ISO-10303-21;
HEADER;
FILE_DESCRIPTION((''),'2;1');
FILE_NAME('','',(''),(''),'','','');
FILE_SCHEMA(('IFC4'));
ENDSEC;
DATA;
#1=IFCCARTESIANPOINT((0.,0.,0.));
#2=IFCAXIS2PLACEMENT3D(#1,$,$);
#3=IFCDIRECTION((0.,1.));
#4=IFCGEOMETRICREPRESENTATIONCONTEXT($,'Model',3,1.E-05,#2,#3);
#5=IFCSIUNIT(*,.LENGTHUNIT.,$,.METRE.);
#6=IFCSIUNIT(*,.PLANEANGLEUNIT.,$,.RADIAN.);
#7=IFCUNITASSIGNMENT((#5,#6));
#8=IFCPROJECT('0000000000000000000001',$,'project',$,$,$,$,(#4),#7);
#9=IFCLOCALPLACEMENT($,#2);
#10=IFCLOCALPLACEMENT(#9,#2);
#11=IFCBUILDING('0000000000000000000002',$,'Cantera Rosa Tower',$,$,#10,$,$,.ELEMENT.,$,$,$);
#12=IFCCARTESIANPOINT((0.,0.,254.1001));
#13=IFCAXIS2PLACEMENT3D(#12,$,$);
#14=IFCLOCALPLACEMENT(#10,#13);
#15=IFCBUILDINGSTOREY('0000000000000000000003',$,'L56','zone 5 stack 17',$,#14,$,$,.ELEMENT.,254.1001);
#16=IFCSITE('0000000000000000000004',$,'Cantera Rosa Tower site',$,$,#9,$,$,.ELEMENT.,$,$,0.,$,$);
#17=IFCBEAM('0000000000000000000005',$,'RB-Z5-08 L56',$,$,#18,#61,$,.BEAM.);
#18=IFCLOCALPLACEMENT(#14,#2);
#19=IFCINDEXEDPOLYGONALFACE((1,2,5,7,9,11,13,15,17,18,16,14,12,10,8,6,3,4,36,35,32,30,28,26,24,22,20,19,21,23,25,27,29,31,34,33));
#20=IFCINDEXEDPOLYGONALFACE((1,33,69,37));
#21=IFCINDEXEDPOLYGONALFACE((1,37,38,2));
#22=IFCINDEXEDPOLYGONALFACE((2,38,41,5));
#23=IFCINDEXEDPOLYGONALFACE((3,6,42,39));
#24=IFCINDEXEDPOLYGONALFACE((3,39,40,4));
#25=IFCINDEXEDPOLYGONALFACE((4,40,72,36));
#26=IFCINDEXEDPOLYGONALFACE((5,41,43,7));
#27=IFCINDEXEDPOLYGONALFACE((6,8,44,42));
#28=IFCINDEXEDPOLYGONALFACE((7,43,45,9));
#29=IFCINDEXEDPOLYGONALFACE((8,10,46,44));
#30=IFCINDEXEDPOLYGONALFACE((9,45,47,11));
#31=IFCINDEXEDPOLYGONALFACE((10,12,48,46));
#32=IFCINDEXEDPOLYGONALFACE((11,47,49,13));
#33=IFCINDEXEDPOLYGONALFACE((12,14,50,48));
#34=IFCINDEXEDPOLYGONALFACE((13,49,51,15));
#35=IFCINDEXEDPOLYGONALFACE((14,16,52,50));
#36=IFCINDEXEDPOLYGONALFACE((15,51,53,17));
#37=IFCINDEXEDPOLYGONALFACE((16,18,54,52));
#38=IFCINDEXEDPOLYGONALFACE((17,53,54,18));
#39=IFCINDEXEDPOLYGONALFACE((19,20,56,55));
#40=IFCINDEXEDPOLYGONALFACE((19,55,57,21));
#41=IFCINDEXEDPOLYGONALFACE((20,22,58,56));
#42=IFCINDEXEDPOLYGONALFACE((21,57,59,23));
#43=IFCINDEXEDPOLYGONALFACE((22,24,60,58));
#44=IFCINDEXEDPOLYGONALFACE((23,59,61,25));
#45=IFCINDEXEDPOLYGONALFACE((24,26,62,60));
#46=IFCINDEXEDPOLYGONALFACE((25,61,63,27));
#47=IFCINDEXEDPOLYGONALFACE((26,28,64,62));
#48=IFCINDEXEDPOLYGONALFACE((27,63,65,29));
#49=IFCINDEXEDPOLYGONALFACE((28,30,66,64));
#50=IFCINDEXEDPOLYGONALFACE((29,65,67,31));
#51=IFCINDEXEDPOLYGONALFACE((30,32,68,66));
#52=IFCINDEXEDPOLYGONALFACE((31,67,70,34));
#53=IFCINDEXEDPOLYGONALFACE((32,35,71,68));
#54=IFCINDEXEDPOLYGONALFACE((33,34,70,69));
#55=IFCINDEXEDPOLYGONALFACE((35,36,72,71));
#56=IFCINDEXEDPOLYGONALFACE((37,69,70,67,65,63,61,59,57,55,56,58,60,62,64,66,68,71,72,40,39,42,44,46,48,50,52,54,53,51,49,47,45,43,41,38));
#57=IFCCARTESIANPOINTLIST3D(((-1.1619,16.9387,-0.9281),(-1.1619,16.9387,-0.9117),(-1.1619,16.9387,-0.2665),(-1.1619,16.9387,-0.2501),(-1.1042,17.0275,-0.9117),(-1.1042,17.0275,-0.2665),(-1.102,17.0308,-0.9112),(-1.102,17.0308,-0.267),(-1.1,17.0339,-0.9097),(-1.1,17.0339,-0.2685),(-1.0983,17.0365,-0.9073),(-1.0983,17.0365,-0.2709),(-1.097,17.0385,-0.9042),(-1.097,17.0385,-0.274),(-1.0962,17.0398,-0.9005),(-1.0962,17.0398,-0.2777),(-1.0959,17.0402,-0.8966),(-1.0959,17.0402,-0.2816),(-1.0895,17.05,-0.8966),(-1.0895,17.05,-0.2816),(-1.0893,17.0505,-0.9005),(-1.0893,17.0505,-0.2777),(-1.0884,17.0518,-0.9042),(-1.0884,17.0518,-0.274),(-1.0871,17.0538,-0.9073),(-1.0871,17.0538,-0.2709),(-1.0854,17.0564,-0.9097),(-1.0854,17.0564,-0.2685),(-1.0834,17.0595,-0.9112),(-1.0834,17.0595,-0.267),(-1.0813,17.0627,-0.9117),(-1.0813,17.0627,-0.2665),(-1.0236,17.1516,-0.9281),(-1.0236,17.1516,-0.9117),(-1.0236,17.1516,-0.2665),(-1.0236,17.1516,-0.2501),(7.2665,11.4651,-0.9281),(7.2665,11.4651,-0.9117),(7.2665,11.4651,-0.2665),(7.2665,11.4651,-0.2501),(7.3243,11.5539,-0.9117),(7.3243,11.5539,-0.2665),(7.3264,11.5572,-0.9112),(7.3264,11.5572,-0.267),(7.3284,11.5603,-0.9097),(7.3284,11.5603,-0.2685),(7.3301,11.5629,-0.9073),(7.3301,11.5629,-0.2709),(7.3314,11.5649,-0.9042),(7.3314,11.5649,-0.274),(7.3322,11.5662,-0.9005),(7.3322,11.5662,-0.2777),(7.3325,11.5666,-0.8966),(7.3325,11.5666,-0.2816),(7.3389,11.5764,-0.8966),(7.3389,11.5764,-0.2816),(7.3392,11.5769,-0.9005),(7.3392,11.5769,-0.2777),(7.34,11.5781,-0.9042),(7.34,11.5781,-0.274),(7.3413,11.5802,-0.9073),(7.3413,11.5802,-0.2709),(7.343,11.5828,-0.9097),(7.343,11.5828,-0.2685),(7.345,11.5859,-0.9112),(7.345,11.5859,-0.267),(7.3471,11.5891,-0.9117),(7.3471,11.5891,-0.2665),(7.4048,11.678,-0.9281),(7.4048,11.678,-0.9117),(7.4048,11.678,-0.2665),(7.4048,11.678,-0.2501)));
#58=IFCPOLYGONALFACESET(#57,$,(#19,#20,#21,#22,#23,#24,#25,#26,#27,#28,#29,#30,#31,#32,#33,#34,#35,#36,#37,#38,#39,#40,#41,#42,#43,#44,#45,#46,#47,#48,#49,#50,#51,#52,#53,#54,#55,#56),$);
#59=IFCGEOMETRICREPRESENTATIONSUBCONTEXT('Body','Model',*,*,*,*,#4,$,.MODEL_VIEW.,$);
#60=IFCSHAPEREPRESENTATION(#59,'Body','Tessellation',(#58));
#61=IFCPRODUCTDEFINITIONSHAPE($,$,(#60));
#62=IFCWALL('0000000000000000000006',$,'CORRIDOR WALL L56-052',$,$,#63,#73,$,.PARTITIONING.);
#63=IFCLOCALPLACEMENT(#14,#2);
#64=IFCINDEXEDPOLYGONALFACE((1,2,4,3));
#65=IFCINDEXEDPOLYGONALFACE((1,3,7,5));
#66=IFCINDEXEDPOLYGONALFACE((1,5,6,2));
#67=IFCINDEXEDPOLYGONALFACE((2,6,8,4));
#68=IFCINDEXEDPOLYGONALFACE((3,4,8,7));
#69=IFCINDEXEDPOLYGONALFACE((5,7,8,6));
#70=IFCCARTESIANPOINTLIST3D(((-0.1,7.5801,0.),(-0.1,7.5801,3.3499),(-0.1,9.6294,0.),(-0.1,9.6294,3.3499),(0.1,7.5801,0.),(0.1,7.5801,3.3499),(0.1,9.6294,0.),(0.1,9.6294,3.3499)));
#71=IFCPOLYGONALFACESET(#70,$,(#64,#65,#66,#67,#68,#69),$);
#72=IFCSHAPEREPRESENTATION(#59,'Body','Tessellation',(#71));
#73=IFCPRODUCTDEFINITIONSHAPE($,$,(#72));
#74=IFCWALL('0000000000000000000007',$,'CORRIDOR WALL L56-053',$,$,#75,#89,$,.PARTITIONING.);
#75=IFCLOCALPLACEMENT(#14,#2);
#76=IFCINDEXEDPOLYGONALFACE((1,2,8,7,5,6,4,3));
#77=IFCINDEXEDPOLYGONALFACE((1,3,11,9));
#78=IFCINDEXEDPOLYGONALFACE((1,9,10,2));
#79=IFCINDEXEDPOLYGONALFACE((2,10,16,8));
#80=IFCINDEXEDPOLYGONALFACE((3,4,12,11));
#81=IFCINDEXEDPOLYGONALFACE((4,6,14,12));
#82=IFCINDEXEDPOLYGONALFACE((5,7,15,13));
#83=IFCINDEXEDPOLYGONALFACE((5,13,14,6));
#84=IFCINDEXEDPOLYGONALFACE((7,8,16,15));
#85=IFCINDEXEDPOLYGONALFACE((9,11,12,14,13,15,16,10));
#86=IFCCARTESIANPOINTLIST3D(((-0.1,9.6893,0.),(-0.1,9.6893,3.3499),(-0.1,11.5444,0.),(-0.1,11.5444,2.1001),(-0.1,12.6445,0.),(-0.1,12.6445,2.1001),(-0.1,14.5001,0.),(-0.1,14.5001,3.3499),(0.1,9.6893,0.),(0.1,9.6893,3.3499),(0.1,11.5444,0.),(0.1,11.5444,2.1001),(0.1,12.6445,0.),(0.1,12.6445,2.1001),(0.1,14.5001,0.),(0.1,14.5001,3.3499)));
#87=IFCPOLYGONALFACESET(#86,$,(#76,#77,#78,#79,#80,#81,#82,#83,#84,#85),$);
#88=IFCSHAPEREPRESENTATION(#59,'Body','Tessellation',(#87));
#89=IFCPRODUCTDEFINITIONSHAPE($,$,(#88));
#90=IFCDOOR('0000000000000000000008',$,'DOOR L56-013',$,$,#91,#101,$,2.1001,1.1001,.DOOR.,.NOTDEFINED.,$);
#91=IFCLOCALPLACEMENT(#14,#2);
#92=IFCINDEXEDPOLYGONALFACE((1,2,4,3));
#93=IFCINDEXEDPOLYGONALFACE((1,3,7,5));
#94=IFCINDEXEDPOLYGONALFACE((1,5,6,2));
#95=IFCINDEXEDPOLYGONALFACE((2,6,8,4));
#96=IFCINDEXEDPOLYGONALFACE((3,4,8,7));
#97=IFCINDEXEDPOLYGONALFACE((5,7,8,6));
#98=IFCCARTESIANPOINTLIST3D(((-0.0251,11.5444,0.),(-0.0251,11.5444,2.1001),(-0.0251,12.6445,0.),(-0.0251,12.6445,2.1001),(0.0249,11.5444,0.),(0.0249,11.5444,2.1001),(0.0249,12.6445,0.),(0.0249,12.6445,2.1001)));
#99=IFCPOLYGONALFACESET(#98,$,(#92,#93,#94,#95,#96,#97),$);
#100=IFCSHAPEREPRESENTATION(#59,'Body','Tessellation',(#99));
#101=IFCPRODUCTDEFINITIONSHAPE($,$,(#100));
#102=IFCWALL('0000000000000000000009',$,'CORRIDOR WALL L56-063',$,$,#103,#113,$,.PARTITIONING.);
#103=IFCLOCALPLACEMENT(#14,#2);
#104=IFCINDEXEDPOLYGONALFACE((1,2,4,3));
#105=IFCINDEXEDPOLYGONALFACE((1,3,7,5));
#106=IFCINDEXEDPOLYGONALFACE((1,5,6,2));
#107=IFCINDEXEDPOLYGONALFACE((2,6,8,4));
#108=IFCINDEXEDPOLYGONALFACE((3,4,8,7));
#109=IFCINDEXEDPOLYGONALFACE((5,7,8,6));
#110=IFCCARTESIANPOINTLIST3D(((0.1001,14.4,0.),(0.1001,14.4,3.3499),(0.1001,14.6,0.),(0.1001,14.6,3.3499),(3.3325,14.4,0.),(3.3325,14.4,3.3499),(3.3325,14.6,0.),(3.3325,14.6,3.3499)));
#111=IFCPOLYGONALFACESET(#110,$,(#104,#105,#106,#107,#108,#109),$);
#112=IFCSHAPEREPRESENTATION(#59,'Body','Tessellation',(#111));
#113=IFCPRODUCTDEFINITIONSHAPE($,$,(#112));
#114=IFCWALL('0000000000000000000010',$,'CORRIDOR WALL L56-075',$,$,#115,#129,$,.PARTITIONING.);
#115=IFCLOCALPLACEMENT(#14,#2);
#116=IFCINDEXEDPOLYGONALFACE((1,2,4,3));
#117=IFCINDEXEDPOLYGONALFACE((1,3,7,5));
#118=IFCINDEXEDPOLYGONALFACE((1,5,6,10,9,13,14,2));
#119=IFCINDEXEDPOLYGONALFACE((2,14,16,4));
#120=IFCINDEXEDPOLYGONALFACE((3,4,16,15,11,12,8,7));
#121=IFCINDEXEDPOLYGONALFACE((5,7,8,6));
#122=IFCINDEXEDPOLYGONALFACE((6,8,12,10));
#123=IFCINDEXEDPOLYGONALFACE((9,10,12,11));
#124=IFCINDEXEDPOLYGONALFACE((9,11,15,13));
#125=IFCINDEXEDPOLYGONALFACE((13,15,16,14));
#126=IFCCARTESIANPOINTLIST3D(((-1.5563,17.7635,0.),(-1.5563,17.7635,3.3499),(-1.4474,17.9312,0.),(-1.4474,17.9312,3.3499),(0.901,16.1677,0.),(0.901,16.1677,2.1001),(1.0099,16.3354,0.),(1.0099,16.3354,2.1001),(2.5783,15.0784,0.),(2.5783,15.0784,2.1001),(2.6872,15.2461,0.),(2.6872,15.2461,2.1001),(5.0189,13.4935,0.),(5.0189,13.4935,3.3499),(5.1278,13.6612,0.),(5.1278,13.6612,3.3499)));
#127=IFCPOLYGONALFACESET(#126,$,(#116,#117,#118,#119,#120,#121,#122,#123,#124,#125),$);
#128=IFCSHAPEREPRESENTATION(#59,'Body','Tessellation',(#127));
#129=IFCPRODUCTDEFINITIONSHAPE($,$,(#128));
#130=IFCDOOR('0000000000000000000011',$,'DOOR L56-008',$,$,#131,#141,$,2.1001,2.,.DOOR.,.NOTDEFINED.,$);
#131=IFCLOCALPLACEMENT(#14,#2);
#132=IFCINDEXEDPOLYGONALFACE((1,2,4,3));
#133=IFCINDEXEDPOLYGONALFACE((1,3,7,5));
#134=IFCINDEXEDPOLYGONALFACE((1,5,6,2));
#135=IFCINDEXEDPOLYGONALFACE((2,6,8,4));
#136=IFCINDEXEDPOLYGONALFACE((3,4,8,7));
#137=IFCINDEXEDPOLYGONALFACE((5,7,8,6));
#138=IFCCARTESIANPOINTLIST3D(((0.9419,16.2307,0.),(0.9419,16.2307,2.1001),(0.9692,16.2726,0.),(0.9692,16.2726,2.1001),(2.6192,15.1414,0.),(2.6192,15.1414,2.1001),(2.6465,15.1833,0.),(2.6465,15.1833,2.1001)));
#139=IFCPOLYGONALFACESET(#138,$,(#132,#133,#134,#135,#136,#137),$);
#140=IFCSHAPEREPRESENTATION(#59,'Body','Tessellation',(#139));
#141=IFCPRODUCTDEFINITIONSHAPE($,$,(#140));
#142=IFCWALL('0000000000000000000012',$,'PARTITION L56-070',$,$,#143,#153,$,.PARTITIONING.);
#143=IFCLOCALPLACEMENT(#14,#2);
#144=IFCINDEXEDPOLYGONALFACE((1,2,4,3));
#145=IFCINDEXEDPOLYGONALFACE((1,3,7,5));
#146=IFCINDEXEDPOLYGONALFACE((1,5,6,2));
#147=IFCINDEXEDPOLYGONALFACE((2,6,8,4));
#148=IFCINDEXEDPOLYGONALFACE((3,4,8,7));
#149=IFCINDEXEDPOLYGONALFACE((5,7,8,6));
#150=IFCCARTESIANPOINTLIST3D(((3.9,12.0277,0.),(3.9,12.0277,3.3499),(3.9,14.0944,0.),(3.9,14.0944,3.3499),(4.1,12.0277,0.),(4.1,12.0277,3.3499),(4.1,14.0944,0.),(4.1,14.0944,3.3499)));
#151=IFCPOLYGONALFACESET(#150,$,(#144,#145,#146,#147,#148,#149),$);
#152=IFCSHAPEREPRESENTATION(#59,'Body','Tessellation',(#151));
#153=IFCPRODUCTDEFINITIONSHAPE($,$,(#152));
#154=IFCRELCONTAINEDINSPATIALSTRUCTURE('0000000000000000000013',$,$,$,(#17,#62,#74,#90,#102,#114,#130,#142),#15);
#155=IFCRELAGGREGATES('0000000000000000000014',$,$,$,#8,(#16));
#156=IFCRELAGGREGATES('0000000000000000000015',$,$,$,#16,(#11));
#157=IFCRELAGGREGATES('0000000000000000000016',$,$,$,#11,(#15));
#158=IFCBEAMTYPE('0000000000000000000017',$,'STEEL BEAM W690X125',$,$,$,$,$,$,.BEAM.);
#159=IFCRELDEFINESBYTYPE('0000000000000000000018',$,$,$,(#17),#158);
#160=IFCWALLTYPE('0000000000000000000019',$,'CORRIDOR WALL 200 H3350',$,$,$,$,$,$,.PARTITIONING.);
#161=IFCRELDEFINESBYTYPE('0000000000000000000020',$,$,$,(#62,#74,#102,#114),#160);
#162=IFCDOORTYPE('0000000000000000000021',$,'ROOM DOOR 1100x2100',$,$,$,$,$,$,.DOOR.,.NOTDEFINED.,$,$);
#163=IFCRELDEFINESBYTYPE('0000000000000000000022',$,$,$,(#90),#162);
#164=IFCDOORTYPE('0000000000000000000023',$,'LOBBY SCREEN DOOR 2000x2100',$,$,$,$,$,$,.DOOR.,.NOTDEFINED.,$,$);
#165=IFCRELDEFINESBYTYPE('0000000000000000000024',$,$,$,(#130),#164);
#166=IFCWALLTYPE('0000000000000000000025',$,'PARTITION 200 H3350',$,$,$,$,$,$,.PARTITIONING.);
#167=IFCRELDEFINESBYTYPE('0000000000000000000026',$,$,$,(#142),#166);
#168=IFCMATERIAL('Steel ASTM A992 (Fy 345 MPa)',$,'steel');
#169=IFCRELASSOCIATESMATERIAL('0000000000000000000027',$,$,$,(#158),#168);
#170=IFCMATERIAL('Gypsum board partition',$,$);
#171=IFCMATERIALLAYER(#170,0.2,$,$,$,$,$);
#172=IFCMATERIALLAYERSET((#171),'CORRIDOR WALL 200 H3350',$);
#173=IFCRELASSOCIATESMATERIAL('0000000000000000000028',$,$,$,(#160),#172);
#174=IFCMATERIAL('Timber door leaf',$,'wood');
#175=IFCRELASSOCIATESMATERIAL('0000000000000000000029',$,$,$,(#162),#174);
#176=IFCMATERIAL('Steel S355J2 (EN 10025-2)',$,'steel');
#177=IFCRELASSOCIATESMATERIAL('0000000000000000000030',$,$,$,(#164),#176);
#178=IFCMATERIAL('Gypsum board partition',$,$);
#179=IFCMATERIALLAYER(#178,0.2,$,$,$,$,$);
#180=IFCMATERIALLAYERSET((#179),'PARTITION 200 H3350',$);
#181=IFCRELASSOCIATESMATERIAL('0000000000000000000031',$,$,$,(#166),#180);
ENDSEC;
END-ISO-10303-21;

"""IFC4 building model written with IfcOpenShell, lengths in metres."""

from ifc_helpers import new_model, si_unit, direction, frame, frame_2d, origin, origin_2d, place, context, subcontext, project, spatial, rectangle, i_section, extrude, material, layer, layer_set, material_profile, profile_set, type_object, element, fill, save


model = new_model("IFC4")

# Units and contexts
model_context = context("Model", 3, precision=1e-05, world=origin(), true_north=direction((0.0, 1.0)))
body_context = subcontext(model_context, "Body", "Model", "MODEL_VIEW")
ifc_project = project(units=[si_unit("LENGTHUNIT", "METRE"), si_unit("PLANEANGLEUNIT", "RADIAN")], contexts=[model_context])

# Site, building, storey
site_placement = place(None, origin())
site = spatial("IfcSite", under=ifc_project, at=site_placement, Name="Cantera Rosa Tower site", CompositionType="ELEMENT", RefElevation=0.0)
building_placement = place(site_placement, origin())
building = spatial("IfcBuilding", under=site, at=building_placement, Name="Cantera Rosa Tower", CompositionType="ELEMENT")
storey_placement = place(building_placement, frame((0.0, 0.0, 254.1001)))
storey = spatial("IfcBuildingStorey", under=building, at=storey_placement, Name="L56", Description="zone 5 stack 17", CompositionType="ELEMENT", Elevation=254.1001)

# Beam
ifc_material_1 = material(Name="Steel ASTM A992 (Fy 345 MPa)", Category="steel")
ifc_material_profile = material_profile(ifc_material_1, i_section(OverallWidth=0.2539, OverallDepth=0.678, WebThickness=0.0117, FlangeThickness=0.0164, FilletRadius=0.0151, at=origin_2d()), Name="W690X125")
ifc_profile_set = profile_set([ifc_material_profile], Name="Steel ASTM A992 (Fy 345 MPa)")
beam_type = type_object("IfcBeamType", Name="STEEL BEAM W690X125", PredefinedType="BEAM", material=ifc_profile_set)
beam_placement = place(storey_placement, frame((7.3357, 11.5715, -0.5891), z_axis=(-0.838665, 0.544648, 0.0), x_axis=(-0.544648, -0.838665, 0.0)))
element("IfcBeam", 1, at=beam_placement, inside=storey, type_object=beam_type, Name="RB-Z5-08 L56", PredefinedType="BEAM", context=body_context, shape_type="SweptSolid", body=[
    extrude(i_section(OverallWidth=0.2539, OverallDepth=0.678, WebThickness=0.0117, FlangeThickness=0.0164, FilletRadius=0.0151, at=origin_2d()), origin(), (0.0, 0.0, 1.0), 10.0498),
])

# Wall
ifc_material_2 = material(Name="Gypsum board partition")
ifc_layer_1 = layer(ifc_material_2, 0.2)
ifc_layer_set_1 = layer_set([ifc_layer_1], Name="CORRIDOR WALL 200 H3350")
wall_type_1 = type_object("IfcWallType", Name="CORRIDOR WALL 200 H3350", PredefinedType="PARTITIONING", material=ifc_layer_set_1)
wall_1_placement = place(storey_placement, frame((0.0, 9.6294, 0.0), z_axis=(0.0, 0.0, 1.0), x_axis=(0.0, -1.0, 0.0)))
element("IfcWall", 2, at=wall_1_placement, inside=storey, type_object=wall_type_1, Name="CORRIDOR WALL L56-052", PredefinedType="PARTITIONING", context=body_context, shape_type="SweptSolid", body=[
    extrude(rectangle(XDim=2.0493, YDim=0.2, at=frame_2d((1.0247, 0.0))), origin(), (0.0, 0.0, 1.0), 3.3499),
])

# Wall, opening, door
wall_2_placement = place(storey_placement, frame((0.0, 14.5, 0.0), z_axis=(0.0, 0.0, 1.0), x_axis=(0.0, -1.0, 0.0)))
wall_2 = element("IfcWall", 3, at=wall_2_placement, inside=storey, type_object=wall_type_1, Name="CORRIDOR WALL L56-053", PredefinedType="PARTITIONING", context=body_context, shape_type="SweptSolid", body=[
    extrude(rectangle(XDim=4.8108, YDim=0.2, at=frame_2d((2.4053, 0.0))), origin(), (0.0, 0.0, 1.0), 3.3499),
])
opening_1_placement = place(wall_2_placement, frame((1.8555, 0.0, 0.0)))
opening_1 = element("IfcOpeningElement", 4, at=opening_1_placement, cuts=wall_2, PredefinedType="OPENING", context=body_context, shape_type="SweptSolid", body=[
    extrude(rectangle(XDim=1.1001, YDim=2.1001, at=frame_2d((0.55, 1.05))), frame((0.0, 0.1099, 0.0), z_axis=(0.0, -1.0, 0.0), x_axis=(1.0, 0.0, 0.0)), (0.0, 0.0, 1.0), 0.22),
])
ifc_material_3 = material(Name="Timber door leaf", Category="wood")
door_type_1 = type_object("IfcDoorType", Name="ROOM DOOR 1100x2100", OperationType="NOTDEFINED", PredefinedType="DOOR", material=ifc_material_3)
door_1_placement = place(opening_1_placement, origin())
door_1 = element("IfcDoor", 5, at=door_1_placement, inside=storey, type_object=door_type_1, Name="DOOR L56-013", OperationType="NOTDEFINED", OverallHeight=2.1001, OverallWidth=1.1001, PredefinedType="DOOR", context=body_context, shape_type="SweptSolid", body=[
    extrude(rectangle(XDim=1.1001, YDim=2.1001, at=frame_2d((0.55, 1.05))), frame((0.0, 0.0249, 0.0), z_axis=(0.0, -1.0, 0.0), x_axis=(1.0, 0.0, 0.0)), (0.0, 0.0, 1.0), 0.05),
])
fill(opening_1, door_1)

# Wall
wall_3_placement = place(storey_placement, frame((3.3325, 14.5, 0.0), z_axis=(0.0, 0.0, 1.0), x_axis=(-1.0, 0.0, 0.0)))
element("IfcWall", 6, at=wall_3_placement, inside=storey, type_object=wall_type_1, Name="CORRIDOR WALL L56-063", PredefinedType="PARTITIONING", context=body_context, shape_type="SweptSolid", body=[
    extrude(rectangle(XDim=3.2324, YDim=0.2, at=frame_2d((1.6162, 0.0))), origin(), (0.0, 0.0, 1.0), 3.3499),
])

# Wall, opening, door
wall_4_placement = place(storey_placement, frame((5.0732, 13.5774, 0.0), z_axis=(0.0, 0.0, 1.0), x_axis=(-0.838668, 0.544642, 0.0)))
wall_4 = element("IfcWall", 7, at=wall_4_placement, inside=storey, type_object=wall_type_1, Name="CORRIDOR WALL L56-075", PredefinedType="PARTITIONING", context=body_context, shape_type="SweptSolid", body=[
    extrude(rectangle(XDim=7.8401, YDim=0.2, at=frame_2d((3.9199, 0.0))), origin(), (0.0, 0.0, 1.0), 3.3499),
])
opening_2_placement = place(wall_4_placement, frame((2.9099, 0.0, 0.0)))
opening_2 = element("IfcOpeningElement", 8, at=opening_2_placement, cuts=wall_4, PredefinedType="OPENING", context=body_context, shape_type="SweptSolid", body=[
    extrude(rectangle(XDim=2.0, YDim=2.1001, at=frame_2d((1.0, 1.05))), frame((0.0, 0.1099, 0.0), z_axis=(0.0, -1.0, 0.0), x_axis=(1.0, 0.0, 0.0)), (0.0, 0.0, 1.0), 0.22),
])
ifc_material_4 = material(Name="Steel S355J2 (EN 10025-2)", Category="steel")
door_type_2 = type_object("IfcDoorType", Name="LOBBY SCREEN DOOR 2000x2100", OperationType="NOTDEFINED", PredefinedType="DOOR", material=ifc_material_4)
door_2_placement = place(opening_2_placement, origin())
door_2 = element("IfcDoor", 9, at=door_2_placement, inside=storey, type_object=door_type_2, Name="DOOR L56-008", OperationType="NOTDEFINED", OverallHeight=2.1001, OverallWidth=2.0, PredefinedType="DOOR", context=body_context, shape_type="SweptSolid", body=[
    extrude(rectangle(XDim=2.0, YDim=2.1001, at=frame_2d((1.0, 1.05))), frame((0.0, 0.0249, 0.0), z_axis=(0.0, -1.0, 0.0), x_axis=(1.0, 0.0, 0.0)), (0.0, 0.0, 1.0), 0.05),
])
fill(opening_2, door_2)

# Wall
ifc_material_5 = material(Name="Gypsum board partition")
ifc_layer_2 = layer(ifc_material_5, 0.2)
ifc_layer_set_2 = layer_set([ifc_layer_2], Name="PARTITION 200 H3350")
wall_type_2 = type_object("IfcWallType", Name="PARTITION 200 H3350", PredefinedType="PARTITIONING", material=ifc_layer_set_2)
wall_5_placement = place(storey_placement, frame((4.0, 14.0942, 0.0), z_axis=(0.0, 0.0, 1.0), x_axis=(0.0, -1.0, 0.0)))
element("IfcWall", 10, at=wall_5_placement, inside=storey, type_object=wall_type_2, Name="PARTITION L56-070", PredefinedType="PARTITIONING", context=body_context, shape_type="SweptSolid", body=[
    extrude(rectangle(XDim=2.0667, YDim=0.2, at=frame_2d((1.0332, 0.0))), origin(), (0.0, 0.0, 1.0), 3.3499),
])

save(model, "model.ifc")
